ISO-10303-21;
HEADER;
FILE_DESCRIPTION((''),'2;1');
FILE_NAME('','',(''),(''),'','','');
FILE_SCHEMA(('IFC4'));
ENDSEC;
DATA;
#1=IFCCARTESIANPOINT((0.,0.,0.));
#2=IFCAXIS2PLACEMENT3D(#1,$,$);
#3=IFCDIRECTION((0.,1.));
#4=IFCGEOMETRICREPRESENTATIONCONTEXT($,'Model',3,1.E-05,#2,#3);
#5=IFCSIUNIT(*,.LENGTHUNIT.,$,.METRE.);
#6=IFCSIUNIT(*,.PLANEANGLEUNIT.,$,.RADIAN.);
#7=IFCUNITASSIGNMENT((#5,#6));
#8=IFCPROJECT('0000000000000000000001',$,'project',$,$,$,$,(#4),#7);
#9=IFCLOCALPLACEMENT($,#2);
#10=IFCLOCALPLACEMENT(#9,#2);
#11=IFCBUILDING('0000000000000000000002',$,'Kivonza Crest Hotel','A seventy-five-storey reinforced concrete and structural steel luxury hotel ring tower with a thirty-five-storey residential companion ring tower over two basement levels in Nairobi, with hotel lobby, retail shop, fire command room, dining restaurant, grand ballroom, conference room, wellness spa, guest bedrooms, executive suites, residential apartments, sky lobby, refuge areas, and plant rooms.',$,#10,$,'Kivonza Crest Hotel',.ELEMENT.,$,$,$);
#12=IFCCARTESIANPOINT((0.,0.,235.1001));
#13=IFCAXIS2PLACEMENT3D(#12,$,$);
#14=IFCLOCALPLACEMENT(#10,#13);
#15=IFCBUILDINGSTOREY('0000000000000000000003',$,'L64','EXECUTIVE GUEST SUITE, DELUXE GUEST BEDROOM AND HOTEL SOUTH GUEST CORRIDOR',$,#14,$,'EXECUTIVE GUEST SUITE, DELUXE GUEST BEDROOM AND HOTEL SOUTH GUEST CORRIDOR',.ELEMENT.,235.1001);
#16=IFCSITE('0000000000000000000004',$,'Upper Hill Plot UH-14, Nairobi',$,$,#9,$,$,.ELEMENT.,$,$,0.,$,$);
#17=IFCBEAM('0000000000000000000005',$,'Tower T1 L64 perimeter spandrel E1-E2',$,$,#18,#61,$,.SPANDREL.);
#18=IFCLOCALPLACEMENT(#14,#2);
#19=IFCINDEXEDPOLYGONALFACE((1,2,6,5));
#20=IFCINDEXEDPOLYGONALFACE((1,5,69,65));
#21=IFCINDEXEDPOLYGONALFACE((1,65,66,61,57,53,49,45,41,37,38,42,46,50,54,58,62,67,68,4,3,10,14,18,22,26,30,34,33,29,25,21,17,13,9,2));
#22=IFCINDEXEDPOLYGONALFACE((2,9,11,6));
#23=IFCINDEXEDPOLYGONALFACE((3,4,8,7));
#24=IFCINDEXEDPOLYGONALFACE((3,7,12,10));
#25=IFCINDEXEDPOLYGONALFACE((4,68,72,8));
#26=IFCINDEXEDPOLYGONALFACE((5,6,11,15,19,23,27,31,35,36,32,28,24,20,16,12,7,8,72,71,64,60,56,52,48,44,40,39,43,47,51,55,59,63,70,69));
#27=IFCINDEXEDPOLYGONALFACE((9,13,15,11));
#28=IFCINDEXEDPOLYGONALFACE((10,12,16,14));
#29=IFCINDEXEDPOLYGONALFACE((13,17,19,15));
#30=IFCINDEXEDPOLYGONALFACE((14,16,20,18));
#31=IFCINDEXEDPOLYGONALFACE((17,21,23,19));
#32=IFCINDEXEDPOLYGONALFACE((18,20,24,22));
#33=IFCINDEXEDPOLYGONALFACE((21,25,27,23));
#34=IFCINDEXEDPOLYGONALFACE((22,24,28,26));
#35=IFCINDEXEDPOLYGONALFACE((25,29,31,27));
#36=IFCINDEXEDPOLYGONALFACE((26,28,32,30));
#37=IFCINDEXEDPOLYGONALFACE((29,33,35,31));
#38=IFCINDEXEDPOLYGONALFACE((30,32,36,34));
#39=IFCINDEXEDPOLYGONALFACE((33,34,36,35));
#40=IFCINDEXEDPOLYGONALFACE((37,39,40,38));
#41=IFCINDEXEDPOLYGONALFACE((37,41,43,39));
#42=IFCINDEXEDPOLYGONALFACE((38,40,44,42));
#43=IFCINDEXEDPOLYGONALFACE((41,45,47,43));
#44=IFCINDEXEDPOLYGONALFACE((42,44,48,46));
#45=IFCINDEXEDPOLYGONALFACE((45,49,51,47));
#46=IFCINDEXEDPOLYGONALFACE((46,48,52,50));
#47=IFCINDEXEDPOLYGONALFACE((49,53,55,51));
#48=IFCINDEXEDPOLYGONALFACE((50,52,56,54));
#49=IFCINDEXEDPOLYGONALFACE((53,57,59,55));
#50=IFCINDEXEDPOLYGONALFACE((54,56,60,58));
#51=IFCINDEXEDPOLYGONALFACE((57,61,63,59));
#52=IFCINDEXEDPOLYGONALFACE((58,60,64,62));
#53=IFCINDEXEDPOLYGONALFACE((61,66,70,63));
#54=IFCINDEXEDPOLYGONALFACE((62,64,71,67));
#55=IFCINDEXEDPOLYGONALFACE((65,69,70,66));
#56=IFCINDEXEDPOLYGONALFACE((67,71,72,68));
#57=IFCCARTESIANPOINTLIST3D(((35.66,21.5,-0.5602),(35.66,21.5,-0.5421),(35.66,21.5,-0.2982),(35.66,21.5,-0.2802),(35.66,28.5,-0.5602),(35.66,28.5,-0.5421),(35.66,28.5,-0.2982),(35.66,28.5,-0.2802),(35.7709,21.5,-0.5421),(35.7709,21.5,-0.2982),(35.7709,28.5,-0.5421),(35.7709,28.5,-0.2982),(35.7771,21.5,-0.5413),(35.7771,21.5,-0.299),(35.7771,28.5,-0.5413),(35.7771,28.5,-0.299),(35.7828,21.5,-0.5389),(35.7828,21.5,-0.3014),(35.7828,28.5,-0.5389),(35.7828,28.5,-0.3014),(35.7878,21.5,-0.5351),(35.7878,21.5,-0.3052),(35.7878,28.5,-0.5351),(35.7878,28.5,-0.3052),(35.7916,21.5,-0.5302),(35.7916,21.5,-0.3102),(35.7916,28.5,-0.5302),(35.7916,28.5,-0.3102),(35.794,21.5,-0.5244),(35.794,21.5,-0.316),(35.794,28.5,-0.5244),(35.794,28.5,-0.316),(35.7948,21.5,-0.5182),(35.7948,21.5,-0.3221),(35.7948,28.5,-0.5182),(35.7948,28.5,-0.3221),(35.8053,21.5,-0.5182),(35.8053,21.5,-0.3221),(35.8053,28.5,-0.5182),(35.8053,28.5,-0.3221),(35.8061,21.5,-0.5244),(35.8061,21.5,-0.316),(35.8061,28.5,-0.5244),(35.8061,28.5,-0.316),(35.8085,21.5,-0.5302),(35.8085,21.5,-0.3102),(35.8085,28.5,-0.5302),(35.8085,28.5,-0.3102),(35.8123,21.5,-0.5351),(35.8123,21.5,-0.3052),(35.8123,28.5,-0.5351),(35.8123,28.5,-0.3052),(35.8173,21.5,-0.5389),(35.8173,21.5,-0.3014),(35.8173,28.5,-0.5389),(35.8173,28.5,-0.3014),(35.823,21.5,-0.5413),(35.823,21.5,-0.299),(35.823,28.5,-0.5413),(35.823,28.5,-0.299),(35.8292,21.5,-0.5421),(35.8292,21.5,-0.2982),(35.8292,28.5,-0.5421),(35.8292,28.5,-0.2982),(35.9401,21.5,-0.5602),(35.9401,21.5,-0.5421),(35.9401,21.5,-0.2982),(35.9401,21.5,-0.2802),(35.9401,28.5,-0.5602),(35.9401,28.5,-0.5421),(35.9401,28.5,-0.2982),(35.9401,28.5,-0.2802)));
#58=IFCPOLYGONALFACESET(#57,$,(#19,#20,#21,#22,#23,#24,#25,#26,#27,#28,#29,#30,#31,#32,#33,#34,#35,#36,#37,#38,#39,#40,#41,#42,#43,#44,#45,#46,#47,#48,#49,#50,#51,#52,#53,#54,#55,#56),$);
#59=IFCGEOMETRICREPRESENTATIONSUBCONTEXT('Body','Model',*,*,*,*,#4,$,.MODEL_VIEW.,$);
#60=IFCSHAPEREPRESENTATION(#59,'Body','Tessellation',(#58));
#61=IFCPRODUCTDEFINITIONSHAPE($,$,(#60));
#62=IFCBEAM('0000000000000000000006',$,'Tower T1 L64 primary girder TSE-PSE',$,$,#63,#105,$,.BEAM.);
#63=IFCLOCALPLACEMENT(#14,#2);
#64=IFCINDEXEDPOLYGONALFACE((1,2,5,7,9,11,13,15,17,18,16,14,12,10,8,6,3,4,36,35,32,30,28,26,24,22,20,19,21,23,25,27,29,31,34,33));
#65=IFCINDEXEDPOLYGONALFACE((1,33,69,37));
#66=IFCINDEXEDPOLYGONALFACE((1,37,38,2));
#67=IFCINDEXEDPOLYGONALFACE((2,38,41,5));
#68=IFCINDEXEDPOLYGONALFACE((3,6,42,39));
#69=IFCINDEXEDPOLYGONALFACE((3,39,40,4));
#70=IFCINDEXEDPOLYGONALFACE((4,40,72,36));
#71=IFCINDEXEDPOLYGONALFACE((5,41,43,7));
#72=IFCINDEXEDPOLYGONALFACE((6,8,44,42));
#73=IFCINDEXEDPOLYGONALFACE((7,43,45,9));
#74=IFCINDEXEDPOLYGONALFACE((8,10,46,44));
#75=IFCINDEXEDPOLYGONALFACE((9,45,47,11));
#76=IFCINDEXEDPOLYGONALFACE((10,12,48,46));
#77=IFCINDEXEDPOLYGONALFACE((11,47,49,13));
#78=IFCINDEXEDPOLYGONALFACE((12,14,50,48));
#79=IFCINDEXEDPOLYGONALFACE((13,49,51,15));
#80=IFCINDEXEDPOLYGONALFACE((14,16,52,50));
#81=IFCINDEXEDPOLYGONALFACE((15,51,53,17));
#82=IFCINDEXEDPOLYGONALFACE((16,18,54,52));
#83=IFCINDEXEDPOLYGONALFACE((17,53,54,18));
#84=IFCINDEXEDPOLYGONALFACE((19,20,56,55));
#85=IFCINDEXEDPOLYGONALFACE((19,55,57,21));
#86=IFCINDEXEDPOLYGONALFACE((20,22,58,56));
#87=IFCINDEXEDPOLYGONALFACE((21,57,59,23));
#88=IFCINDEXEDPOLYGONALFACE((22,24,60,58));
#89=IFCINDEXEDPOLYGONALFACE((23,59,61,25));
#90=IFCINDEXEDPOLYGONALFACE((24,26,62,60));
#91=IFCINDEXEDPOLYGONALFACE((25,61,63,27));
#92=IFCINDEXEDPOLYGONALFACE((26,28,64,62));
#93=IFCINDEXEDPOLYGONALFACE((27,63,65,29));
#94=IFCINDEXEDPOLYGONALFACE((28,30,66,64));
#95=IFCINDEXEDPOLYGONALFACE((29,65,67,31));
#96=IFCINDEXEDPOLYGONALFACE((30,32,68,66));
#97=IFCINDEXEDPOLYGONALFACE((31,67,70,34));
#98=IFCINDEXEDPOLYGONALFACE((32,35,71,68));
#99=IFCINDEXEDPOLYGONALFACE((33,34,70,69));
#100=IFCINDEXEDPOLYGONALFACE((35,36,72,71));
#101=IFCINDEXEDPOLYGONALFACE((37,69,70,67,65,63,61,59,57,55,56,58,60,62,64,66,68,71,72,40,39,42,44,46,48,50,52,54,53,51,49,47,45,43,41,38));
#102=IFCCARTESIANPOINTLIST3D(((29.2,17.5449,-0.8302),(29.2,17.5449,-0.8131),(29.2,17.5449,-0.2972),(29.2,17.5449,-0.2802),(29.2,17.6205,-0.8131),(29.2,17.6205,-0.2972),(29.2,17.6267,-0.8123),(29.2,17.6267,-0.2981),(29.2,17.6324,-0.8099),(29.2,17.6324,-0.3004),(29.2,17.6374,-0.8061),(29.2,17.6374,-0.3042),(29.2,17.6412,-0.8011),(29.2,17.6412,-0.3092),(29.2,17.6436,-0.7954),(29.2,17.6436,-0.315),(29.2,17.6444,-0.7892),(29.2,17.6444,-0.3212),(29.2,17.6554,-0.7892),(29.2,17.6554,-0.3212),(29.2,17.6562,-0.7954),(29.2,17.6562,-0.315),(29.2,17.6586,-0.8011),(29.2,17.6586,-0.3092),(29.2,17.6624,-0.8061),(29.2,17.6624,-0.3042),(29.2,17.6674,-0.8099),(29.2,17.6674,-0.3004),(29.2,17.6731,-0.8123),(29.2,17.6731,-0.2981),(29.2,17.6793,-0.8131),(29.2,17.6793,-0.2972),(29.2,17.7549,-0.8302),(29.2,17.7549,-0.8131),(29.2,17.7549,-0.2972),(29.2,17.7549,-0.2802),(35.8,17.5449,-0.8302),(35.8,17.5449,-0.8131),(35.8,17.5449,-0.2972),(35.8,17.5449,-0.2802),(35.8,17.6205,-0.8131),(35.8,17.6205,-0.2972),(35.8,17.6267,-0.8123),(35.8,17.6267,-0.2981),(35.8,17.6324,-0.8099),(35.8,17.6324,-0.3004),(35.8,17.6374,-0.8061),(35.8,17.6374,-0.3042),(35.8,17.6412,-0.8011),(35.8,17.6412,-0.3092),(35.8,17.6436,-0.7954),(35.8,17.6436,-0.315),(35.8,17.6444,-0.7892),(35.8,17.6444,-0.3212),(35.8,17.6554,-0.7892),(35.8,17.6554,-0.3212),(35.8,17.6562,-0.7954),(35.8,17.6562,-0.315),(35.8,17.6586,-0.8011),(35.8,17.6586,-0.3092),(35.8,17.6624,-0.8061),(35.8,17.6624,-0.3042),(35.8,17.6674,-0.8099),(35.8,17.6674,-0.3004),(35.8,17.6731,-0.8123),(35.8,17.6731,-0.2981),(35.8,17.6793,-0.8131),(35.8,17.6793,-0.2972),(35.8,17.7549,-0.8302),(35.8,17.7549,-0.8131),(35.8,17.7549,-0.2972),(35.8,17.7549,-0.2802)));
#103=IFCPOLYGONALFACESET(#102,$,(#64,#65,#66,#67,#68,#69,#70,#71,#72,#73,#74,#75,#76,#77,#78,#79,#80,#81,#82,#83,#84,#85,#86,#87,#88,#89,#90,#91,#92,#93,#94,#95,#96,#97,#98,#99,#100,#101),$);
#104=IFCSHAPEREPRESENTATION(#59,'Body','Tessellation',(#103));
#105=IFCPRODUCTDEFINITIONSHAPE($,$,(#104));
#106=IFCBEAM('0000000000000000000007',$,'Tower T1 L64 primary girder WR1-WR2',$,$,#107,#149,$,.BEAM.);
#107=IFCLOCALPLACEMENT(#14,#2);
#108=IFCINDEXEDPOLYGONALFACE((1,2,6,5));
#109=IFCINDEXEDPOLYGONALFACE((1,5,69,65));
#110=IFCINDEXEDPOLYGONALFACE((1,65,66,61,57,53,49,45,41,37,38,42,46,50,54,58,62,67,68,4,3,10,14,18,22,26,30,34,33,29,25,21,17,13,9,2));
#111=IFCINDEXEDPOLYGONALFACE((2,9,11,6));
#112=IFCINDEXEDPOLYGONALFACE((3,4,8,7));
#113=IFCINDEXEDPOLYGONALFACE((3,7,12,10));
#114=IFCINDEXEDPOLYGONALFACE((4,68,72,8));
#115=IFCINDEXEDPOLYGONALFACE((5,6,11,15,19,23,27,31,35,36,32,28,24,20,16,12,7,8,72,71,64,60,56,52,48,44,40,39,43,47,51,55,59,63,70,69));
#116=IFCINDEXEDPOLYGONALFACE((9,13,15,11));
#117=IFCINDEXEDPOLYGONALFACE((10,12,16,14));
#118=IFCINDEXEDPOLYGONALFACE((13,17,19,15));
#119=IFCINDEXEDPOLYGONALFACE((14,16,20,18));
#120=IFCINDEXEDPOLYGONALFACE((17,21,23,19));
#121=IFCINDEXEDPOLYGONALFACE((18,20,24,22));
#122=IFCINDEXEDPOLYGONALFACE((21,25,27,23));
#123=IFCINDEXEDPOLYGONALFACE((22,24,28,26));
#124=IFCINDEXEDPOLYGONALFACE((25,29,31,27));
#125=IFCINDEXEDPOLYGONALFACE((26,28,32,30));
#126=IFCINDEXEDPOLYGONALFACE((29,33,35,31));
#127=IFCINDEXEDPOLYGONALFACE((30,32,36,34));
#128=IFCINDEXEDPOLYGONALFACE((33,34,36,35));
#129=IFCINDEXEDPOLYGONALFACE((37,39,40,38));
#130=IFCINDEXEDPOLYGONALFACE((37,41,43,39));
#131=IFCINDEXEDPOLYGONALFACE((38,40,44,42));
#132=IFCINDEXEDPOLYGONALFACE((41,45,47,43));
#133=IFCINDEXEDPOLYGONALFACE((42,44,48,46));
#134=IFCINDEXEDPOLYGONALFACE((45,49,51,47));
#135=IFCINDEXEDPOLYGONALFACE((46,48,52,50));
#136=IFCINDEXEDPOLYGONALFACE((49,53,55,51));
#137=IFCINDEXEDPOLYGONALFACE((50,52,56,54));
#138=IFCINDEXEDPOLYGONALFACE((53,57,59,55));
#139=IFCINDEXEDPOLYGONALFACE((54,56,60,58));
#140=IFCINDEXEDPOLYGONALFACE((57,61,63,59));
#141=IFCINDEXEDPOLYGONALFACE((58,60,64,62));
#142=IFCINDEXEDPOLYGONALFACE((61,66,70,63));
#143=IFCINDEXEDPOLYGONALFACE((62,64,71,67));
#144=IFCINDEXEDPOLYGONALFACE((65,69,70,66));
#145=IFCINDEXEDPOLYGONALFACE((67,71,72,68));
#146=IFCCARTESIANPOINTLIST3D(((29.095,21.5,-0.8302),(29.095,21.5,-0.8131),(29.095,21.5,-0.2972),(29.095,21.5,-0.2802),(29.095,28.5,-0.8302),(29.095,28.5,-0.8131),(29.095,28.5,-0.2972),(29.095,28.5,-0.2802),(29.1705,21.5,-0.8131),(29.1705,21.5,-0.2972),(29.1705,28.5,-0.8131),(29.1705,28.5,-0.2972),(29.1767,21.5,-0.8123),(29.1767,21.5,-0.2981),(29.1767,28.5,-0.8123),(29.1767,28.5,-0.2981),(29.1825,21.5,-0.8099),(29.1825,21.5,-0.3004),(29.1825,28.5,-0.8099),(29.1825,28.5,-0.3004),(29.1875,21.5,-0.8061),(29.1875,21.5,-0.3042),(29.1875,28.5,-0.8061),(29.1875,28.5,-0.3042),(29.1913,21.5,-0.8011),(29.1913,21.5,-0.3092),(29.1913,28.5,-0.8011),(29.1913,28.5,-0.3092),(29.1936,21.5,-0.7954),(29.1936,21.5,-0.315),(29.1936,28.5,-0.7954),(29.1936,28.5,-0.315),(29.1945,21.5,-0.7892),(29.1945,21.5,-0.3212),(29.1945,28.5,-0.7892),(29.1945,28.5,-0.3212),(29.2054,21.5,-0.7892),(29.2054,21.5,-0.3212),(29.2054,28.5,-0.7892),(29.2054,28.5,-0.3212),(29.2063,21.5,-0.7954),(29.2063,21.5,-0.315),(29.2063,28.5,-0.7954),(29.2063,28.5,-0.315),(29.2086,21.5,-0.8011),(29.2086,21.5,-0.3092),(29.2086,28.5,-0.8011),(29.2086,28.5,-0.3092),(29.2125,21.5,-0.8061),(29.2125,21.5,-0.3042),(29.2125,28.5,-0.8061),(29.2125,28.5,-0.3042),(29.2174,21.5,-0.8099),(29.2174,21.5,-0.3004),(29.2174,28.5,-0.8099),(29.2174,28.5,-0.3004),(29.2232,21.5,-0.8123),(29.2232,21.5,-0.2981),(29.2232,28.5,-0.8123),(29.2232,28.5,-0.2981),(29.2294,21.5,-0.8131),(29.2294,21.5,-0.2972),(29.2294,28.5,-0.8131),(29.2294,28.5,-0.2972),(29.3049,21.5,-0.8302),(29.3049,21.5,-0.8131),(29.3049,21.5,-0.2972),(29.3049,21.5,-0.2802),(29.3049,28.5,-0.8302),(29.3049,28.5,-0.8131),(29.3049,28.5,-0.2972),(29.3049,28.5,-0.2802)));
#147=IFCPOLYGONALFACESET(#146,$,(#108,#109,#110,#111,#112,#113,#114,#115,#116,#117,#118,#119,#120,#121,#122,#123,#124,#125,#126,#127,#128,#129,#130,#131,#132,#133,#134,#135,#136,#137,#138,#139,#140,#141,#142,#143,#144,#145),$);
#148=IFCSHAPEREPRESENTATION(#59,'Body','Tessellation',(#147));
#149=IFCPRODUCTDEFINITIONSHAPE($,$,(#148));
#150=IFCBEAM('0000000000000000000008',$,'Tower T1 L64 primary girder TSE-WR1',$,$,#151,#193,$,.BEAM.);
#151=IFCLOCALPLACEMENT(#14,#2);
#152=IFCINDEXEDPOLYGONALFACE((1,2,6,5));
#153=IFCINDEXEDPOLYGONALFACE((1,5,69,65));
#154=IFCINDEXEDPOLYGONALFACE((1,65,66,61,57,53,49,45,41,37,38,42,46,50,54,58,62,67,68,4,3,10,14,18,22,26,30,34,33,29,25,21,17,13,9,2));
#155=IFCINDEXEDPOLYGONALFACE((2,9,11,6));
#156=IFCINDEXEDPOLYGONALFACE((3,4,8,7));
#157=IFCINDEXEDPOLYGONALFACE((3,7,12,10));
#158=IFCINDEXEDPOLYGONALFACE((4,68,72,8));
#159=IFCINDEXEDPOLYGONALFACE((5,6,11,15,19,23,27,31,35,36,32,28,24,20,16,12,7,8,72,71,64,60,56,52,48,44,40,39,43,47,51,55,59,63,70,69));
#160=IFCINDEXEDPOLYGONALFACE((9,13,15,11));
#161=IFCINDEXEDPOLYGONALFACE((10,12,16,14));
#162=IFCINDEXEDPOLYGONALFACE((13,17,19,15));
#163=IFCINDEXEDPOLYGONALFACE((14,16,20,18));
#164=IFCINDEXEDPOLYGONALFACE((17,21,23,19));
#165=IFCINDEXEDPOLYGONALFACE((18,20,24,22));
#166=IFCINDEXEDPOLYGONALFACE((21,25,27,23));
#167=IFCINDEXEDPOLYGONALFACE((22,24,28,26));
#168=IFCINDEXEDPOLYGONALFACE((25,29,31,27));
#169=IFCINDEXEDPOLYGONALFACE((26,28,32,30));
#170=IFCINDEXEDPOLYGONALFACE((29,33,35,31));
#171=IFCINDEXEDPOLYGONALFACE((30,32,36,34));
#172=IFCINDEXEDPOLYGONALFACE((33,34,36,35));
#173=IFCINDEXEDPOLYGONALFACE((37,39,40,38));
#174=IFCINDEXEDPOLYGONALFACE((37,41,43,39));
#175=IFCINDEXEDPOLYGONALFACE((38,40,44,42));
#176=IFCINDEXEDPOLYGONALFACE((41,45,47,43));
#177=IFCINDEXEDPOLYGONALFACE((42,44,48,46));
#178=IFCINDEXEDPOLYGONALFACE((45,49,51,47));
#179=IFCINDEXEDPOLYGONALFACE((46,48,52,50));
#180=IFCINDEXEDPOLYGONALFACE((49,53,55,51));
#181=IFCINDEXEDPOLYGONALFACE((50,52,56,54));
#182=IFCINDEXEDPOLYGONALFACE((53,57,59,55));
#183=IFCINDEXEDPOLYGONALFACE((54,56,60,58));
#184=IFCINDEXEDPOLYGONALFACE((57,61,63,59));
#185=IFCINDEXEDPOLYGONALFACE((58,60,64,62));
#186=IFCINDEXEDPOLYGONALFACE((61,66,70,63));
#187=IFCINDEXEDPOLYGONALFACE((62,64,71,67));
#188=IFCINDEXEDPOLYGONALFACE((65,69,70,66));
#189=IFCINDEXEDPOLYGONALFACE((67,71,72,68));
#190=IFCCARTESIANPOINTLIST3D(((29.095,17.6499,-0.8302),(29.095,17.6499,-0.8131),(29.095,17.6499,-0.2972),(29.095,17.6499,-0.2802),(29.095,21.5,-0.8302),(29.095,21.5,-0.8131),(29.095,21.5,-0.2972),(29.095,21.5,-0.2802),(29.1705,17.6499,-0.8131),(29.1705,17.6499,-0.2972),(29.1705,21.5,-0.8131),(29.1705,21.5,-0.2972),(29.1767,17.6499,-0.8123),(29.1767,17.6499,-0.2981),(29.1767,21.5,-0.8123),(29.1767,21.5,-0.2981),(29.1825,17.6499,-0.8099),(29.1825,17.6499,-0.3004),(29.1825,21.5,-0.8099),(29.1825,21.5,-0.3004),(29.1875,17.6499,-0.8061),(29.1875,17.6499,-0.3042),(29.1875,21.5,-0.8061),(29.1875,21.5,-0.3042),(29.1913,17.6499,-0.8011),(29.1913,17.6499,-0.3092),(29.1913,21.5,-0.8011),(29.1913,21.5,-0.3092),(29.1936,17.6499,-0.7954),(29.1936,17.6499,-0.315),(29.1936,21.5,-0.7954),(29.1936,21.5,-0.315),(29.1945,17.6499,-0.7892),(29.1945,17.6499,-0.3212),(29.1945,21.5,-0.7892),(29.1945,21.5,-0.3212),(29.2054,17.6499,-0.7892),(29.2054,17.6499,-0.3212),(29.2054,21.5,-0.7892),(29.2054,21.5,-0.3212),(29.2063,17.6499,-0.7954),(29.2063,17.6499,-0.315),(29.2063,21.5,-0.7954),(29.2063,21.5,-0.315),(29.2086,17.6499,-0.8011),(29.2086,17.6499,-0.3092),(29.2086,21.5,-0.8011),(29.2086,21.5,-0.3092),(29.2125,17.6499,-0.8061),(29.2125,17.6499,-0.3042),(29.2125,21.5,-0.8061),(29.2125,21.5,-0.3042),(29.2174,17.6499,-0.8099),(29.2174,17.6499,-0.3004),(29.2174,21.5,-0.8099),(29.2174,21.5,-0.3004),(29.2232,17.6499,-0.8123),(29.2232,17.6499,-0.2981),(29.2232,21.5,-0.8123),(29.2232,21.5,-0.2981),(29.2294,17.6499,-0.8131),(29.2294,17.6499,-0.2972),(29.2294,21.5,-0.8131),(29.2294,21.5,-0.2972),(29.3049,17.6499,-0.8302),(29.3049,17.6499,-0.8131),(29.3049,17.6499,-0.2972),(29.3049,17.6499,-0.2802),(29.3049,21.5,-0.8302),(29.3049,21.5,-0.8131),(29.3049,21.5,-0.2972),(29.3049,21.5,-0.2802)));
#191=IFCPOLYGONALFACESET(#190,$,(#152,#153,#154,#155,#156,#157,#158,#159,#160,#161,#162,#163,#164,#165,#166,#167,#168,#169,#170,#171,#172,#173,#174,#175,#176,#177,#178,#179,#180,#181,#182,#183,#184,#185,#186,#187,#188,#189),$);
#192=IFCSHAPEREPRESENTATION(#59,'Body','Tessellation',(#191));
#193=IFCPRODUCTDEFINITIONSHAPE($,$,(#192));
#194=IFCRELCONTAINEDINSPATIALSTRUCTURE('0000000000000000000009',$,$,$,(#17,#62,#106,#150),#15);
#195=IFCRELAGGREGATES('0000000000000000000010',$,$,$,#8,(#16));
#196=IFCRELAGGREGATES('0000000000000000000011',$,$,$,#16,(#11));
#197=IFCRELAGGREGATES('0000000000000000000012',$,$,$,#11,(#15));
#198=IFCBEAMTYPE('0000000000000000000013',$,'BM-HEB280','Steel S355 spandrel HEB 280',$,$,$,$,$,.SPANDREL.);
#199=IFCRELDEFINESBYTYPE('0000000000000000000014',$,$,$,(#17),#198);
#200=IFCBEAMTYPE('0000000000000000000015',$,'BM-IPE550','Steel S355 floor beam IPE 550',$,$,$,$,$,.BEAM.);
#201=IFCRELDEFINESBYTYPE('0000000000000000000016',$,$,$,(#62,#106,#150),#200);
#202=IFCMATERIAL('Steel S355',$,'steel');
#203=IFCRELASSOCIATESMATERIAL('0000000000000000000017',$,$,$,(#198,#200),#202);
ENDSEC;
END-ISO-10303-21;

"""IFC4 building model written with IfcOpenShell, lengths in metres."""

from ifc_helpers import new_model, si_unit, direction, frame, origin, origin_2d, place, context, subcontext, project, spatial, i_section, extrude, material, material_profile, profile_set, type_object, element, save


model = new_model("IFC4")

# Units and contexts
model_context = context("Model", 3, precision=1e-05, world=origin(), true_north=direction((0.0, 1.0)))
body_context = subcontext(model_context, "Body", "Model", "MODEL_VIEW")
ifc_project = project(units=[si_unit("LENGTHUNIT", "METRE"), si_unit("PLANEANGLEUNIT", "RADIAN")], contexts=[model_context])

# Site, building, storey
site_placement = place(None, origin())
site = spatial("IfcSite", under=ifc_project, at=site_placement, Name="Upper Hill Plot UH-14, Nairobi", CompositionType="ELEMENT", RefElevation=0.0)
building_placement = place(site_placement, origin())
building = spatial("IfcBuilding", under=site, at=building_placement, Name="Kivonza Crest Hotel", Description="A seventy-five-storey reinforced concrete and structural steel luxury hotel ring tower with a thirty-five-storey residential companion ring tower over two basement levels in Nairobi, with hotel lobby, retail shop, fire command room, dining restaurant, grand ballroom, conference room, wellness spa, guest bedrooms, executive suites, residential apartments, sky lobby, refuge areas, and plant rooms.", LongName="Kivonza Crest Hotel", CompositionType="ELEMENT")
storey_placement = place(building_placement, frame((0.0, 0.0, 235.1001)))
storey = spatial("IfcBuildingStorey", under=building, at=storey_placement, Name="L64", Description="EXECUTIVE GUEST SUITE, DELUXE GUEST BEDROOM AND HOTEL SOUTH GUEST CORRIDOR", LongName="EXECUTIVE GUEST SUITE, DELUXE GUEST BEDROOM AND HOTEL SOUTH GUEST CORRIDOR", CompositionType="ELEMENT", Elevation=235.1001)

# Beams
ifc_material_1 = material(Name="Steel S355", Category="steel")
ifc_material_profile_1 = material_profile(ifc_material_1, i_section(OverallWidth=0.28, OverallDepth=0.28, WebThickness=0.0105, FlangeThickness=0.0181, FilletRadius=0.0239, at=origin_2d()), Name="HEB 280")
ifc_profile_set_1 = profile_set([ifc_material_profile_1], Name="Steel S355")
beam_type_1 = type_object("IfcBeamType", Name="BM-HEB280", Description="Steel S355 spandrel HEB 280", PredefinedType="SPANDREL", material=ifc_profile_set_1)
beam_1_placement = place(storey_placement, frame((35.8, 21.5, -0.4202), z_axis=(0.0, 1.0, 0.0), x_axis=(-1.0, 0.0, 0.0)))
element("IfcBeam", 1, at=beam_1_placement, inside=storey, type_object=beam_type_1, Name="Tower T1 L64 perimeter spandrel E1-E2", PredefinedType="SPANDREL", context=body_context, shape_type="SweptSolid", body=[
    extrude(i_section(OverallWidth=0.28, OverallDepth=0.28, WebThickness=0.0105, FlangeThickness=0.0181, FilletRadius=0.0239, at=origin_2d()), origin(), (0.0, 0.0, 1.0), 7.0),
])
ifc_material_profile_2 = material_profile(ifc_material_1, i_section(OverallWidth=0.21, OverallDepth=0.55, WebThickness=0.011, FlangeThickness=0.0171, FilletRadius=0.0239, at=origin_2d()), Name="IPE 550")
ifc_profile_set_2 = profile_set([ifc_material_profile_2], Name="Steel S355")
beam_type_2 = type_object("IfcBeamType", Name="BM-IPE550", Description="Steel S355 floor beam IPE 550", PredefinedType="BEAM", material=ifc_profile_set_2)
beam_2_placement = place(storey_placement, frame((29.2, 17.6499, -0.5552), z_axis=(1.0, 0.0, 0.0), x_axis=(0.0, 1.0, 0.0)))
element("IfcBeam", 2, at=beam_2_placement, inside=storey, type_object=beam_type_2, Name="Tower T1 L64 primary girder TSE-PSE", PredefinedType="BEAM", context=body_context, shape_type="SweptSolid", body=[
    extrude(i_section(OverallWidth=0.21, OverallDepth=0.55, WebThickness=0.011, FlangeThickness=0.0171, FilletRadius=0.0239, at=origin_2d()), origin(), (0.0, 0.0, 1.0), 6.6001),
])
beam_3_placement = place(storey_placement, frame((29.2, 21.5, -0.5552), z_axis=(0.0, 1.0, 0.0), x_axis=(-1.0, 0.0, 0.0)))
element("IfcBeam", 3, at=beam_3_placement, inside=storey, type_object=beam_type_2, Name="Tower T1 L64 primary girder WR1-WR2", PredefinedType="BEAM", context=body_context, shape_type="SweptSolid", body=[
    extrude(i_section(OverallWidth=0.21, OverallDepth=0.55, WebThickness=0.011, FlangeThickness=0.0171, FilletRadius=0.0239, at=origin_2d()), origin(), (0.0, 0.0, 1.0), 7.0),
])
beam_4_placement = place(storey_placement, frame((29.2, 17.6499, -0.5552), z_axis=(0.0, 1.0, 0.0), x_axis=(-1.0, 0.0, 0.0)))
element("IfcBeam", 4, at=beam_4_placement, inside=storey, type_object=beam_type_2, Name="Tower T1 L64 primary girder TSE-WR1", PredefinedType="BEAM", context=body_context, shape_type="SweptSolid", body=[
    extrude(i_section(OverallWidth=0.21, OverallDepth=0.55, WebThickness=0.011, FlangeThickness=0.0171, FilletRadius=0.0239, at=origin_2d()), origin(), (0.0, 0.0, 1.0), 3.8501),
])

save(model, "model.ifc")
